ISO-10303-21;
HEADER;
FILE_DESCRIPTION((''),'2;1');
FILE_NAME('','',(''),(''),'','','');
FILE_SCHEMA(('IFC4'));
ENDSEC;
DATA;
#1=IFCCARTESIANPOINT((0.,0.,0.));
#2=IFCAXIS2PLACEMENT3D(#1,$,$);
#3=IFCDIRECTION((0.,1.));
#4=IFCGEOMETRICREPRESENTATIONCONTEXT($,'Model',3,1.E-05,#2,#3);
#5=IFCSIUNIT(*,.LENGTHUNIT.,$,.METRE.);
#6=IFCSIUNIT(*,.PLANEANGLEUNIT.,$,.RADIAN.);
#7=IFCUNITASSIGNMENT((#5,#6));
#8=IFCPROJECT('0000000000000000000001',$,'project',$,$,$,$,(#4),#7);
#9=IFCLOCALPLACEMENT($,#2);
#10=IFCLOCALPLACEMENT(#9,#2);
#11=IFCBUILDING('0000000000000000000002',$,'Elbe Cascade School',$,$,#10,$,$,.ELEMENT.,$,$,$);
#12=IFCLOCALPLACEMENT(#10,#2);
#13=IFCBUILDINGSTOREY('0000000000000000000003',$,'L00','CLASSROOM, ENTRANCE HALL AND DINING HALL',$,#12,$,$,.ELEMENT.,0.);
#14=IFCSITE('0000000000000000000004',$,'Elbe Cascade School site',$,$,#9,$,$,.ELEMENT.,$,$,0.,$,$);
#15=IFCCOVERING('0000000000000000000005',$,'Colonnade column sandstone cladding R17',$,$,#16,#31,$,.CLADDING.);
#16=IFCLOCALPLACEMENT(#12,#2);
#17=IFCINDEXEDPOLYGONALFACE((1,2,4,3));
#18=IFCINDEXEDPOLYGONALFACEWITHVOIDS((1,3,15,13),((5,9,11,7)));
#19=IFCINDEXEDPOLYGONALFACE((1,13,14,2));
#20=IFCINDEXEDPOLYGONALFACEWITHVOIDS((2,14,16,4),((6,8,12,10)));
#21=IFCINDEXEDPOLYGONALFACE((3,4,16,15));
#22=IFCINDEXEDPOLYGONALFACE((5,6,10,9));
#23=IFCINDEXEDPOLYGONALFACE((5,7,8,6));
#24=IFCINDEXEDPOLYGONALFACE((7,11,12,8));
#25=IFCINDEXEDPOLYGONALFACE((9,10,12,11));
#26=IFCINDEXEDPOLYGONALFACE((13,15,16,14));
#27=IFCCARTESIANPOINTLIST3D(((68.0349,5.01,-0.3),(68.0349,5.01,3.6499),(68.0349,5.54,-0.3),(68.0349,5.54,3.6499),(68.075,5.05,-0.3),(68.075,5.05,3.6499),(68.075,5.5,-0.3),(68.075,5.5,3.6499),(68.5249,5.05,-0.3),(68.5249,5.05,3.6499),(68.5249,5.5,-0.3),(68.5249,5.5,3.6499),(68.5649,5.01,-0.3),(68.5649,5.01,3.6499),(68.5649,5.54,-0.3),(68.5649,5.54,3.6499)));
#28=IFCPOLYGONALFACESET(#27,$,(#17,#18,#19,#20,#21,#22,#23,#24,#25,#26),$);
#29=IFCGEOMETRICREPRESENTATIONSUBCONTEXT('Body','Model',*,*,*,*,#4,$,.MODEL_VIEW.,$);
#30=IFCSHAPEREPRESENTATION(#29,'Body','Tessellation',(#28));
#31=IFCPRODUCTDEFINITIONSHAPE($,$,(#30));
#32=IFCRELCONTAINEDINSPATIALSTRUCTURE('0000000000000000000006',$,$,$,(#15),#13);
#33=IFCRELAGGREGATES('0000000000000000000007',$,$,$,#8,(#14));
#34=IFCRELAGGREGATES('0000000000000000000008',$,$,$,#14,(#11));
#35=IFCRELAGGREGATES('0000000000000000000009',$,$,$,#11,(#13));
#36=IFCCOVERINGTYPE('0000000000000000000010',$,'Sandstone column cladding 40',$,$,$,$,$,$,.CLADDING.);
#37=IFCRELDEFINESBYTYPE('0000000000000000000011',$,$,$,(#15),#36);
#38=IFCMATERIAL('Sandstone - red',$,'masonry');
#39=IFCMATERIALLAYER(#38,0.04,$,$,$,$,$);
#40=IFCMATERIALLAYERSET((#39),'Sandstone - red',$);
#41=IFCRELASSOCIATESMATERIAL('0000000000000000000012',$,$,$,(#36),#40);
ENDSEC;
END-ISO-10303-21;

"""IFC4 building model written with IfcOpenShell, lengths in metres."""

from ifc_helpers import new_model, si_unit, direction, frame, origin, place, context, subcontext, project, spatial, polyline, outline, extrude, material, layer, layer_set, type_object, element, save


model = new_model("IFC4")

# Units and contexts
model_context = context("Model", 3, precision=1e-05, world=origin(), true_north=direction((0.0, 1.0)))
body_context = subcontext(model_context, "Body", "Model", "MODEL_VIEW")
ifc_project = project(units=[si_unit("LENGTHUNIT", "METRE"), si_unit("PLANEANGLEUNIT", "RADIAN")], contexts=[model_context])

# Site, building, storey
site_placement = place(None, origin())
site = spatial("IfcSite", under=ifc_project, at=site_placement, Name="Elbe Cascade School site", CompositionType="ELEMENT", RefElevation=0.0)
building_placement = place(site_placement, origin())
building = spatial("IfcBuilding", under=site, at=building_placement, Name="Elbe Cascade School", CompositionType="ELEMENT")
storey_placement = place(building_placement, origin())
storey = spatial("IfcBuildingStorey", under=building, at=storey_placement, Name="L00", Description="CLASSROOM, ENTRANCE HALL AND DINING HALL", CompositionType="ELEMENT", Elevation=0.0)

# Covering
ifc_material = material(Name="Sandstone - red", Category="masonry")
ifc_layer = layer(ifc_material, 0.04)
ifc_layer_set = layer_set([ifc_layer], Name="Sandstone - red")
covering_type = type_object("IfcCoveringType", Name="Sandstone column cladding 40", PredefinedType="CLADDING", material=ifc_layer_set)
covering_1_placement = place(storey_placement, frame((0.0, 0.0, -0.3)))
element("IfcCovering", 1, at=covering_1_placement, inside=storey, type_object=covering_type, Name="Colonnade column sandstone cladding R17", PredefinedType="CLADDING", context=body_context, shape_type="SweptSolid", body=[
    extrude(outline(polyline([(68.0349, 5.01), (68.5649, 5.01), (68.5649, 5.54), (68.0349, 5.54), (68.0349, 5.01)]), holes=[polyline([(68.075, 5.5), (68.5249, 5.5), (68.5249, 5.05), (68.075, 5.05), (68.075, 5.5)])]), origin(), (0.0, 0.0, 1.0), 3.95),
])

save(model, "model.ifc")
